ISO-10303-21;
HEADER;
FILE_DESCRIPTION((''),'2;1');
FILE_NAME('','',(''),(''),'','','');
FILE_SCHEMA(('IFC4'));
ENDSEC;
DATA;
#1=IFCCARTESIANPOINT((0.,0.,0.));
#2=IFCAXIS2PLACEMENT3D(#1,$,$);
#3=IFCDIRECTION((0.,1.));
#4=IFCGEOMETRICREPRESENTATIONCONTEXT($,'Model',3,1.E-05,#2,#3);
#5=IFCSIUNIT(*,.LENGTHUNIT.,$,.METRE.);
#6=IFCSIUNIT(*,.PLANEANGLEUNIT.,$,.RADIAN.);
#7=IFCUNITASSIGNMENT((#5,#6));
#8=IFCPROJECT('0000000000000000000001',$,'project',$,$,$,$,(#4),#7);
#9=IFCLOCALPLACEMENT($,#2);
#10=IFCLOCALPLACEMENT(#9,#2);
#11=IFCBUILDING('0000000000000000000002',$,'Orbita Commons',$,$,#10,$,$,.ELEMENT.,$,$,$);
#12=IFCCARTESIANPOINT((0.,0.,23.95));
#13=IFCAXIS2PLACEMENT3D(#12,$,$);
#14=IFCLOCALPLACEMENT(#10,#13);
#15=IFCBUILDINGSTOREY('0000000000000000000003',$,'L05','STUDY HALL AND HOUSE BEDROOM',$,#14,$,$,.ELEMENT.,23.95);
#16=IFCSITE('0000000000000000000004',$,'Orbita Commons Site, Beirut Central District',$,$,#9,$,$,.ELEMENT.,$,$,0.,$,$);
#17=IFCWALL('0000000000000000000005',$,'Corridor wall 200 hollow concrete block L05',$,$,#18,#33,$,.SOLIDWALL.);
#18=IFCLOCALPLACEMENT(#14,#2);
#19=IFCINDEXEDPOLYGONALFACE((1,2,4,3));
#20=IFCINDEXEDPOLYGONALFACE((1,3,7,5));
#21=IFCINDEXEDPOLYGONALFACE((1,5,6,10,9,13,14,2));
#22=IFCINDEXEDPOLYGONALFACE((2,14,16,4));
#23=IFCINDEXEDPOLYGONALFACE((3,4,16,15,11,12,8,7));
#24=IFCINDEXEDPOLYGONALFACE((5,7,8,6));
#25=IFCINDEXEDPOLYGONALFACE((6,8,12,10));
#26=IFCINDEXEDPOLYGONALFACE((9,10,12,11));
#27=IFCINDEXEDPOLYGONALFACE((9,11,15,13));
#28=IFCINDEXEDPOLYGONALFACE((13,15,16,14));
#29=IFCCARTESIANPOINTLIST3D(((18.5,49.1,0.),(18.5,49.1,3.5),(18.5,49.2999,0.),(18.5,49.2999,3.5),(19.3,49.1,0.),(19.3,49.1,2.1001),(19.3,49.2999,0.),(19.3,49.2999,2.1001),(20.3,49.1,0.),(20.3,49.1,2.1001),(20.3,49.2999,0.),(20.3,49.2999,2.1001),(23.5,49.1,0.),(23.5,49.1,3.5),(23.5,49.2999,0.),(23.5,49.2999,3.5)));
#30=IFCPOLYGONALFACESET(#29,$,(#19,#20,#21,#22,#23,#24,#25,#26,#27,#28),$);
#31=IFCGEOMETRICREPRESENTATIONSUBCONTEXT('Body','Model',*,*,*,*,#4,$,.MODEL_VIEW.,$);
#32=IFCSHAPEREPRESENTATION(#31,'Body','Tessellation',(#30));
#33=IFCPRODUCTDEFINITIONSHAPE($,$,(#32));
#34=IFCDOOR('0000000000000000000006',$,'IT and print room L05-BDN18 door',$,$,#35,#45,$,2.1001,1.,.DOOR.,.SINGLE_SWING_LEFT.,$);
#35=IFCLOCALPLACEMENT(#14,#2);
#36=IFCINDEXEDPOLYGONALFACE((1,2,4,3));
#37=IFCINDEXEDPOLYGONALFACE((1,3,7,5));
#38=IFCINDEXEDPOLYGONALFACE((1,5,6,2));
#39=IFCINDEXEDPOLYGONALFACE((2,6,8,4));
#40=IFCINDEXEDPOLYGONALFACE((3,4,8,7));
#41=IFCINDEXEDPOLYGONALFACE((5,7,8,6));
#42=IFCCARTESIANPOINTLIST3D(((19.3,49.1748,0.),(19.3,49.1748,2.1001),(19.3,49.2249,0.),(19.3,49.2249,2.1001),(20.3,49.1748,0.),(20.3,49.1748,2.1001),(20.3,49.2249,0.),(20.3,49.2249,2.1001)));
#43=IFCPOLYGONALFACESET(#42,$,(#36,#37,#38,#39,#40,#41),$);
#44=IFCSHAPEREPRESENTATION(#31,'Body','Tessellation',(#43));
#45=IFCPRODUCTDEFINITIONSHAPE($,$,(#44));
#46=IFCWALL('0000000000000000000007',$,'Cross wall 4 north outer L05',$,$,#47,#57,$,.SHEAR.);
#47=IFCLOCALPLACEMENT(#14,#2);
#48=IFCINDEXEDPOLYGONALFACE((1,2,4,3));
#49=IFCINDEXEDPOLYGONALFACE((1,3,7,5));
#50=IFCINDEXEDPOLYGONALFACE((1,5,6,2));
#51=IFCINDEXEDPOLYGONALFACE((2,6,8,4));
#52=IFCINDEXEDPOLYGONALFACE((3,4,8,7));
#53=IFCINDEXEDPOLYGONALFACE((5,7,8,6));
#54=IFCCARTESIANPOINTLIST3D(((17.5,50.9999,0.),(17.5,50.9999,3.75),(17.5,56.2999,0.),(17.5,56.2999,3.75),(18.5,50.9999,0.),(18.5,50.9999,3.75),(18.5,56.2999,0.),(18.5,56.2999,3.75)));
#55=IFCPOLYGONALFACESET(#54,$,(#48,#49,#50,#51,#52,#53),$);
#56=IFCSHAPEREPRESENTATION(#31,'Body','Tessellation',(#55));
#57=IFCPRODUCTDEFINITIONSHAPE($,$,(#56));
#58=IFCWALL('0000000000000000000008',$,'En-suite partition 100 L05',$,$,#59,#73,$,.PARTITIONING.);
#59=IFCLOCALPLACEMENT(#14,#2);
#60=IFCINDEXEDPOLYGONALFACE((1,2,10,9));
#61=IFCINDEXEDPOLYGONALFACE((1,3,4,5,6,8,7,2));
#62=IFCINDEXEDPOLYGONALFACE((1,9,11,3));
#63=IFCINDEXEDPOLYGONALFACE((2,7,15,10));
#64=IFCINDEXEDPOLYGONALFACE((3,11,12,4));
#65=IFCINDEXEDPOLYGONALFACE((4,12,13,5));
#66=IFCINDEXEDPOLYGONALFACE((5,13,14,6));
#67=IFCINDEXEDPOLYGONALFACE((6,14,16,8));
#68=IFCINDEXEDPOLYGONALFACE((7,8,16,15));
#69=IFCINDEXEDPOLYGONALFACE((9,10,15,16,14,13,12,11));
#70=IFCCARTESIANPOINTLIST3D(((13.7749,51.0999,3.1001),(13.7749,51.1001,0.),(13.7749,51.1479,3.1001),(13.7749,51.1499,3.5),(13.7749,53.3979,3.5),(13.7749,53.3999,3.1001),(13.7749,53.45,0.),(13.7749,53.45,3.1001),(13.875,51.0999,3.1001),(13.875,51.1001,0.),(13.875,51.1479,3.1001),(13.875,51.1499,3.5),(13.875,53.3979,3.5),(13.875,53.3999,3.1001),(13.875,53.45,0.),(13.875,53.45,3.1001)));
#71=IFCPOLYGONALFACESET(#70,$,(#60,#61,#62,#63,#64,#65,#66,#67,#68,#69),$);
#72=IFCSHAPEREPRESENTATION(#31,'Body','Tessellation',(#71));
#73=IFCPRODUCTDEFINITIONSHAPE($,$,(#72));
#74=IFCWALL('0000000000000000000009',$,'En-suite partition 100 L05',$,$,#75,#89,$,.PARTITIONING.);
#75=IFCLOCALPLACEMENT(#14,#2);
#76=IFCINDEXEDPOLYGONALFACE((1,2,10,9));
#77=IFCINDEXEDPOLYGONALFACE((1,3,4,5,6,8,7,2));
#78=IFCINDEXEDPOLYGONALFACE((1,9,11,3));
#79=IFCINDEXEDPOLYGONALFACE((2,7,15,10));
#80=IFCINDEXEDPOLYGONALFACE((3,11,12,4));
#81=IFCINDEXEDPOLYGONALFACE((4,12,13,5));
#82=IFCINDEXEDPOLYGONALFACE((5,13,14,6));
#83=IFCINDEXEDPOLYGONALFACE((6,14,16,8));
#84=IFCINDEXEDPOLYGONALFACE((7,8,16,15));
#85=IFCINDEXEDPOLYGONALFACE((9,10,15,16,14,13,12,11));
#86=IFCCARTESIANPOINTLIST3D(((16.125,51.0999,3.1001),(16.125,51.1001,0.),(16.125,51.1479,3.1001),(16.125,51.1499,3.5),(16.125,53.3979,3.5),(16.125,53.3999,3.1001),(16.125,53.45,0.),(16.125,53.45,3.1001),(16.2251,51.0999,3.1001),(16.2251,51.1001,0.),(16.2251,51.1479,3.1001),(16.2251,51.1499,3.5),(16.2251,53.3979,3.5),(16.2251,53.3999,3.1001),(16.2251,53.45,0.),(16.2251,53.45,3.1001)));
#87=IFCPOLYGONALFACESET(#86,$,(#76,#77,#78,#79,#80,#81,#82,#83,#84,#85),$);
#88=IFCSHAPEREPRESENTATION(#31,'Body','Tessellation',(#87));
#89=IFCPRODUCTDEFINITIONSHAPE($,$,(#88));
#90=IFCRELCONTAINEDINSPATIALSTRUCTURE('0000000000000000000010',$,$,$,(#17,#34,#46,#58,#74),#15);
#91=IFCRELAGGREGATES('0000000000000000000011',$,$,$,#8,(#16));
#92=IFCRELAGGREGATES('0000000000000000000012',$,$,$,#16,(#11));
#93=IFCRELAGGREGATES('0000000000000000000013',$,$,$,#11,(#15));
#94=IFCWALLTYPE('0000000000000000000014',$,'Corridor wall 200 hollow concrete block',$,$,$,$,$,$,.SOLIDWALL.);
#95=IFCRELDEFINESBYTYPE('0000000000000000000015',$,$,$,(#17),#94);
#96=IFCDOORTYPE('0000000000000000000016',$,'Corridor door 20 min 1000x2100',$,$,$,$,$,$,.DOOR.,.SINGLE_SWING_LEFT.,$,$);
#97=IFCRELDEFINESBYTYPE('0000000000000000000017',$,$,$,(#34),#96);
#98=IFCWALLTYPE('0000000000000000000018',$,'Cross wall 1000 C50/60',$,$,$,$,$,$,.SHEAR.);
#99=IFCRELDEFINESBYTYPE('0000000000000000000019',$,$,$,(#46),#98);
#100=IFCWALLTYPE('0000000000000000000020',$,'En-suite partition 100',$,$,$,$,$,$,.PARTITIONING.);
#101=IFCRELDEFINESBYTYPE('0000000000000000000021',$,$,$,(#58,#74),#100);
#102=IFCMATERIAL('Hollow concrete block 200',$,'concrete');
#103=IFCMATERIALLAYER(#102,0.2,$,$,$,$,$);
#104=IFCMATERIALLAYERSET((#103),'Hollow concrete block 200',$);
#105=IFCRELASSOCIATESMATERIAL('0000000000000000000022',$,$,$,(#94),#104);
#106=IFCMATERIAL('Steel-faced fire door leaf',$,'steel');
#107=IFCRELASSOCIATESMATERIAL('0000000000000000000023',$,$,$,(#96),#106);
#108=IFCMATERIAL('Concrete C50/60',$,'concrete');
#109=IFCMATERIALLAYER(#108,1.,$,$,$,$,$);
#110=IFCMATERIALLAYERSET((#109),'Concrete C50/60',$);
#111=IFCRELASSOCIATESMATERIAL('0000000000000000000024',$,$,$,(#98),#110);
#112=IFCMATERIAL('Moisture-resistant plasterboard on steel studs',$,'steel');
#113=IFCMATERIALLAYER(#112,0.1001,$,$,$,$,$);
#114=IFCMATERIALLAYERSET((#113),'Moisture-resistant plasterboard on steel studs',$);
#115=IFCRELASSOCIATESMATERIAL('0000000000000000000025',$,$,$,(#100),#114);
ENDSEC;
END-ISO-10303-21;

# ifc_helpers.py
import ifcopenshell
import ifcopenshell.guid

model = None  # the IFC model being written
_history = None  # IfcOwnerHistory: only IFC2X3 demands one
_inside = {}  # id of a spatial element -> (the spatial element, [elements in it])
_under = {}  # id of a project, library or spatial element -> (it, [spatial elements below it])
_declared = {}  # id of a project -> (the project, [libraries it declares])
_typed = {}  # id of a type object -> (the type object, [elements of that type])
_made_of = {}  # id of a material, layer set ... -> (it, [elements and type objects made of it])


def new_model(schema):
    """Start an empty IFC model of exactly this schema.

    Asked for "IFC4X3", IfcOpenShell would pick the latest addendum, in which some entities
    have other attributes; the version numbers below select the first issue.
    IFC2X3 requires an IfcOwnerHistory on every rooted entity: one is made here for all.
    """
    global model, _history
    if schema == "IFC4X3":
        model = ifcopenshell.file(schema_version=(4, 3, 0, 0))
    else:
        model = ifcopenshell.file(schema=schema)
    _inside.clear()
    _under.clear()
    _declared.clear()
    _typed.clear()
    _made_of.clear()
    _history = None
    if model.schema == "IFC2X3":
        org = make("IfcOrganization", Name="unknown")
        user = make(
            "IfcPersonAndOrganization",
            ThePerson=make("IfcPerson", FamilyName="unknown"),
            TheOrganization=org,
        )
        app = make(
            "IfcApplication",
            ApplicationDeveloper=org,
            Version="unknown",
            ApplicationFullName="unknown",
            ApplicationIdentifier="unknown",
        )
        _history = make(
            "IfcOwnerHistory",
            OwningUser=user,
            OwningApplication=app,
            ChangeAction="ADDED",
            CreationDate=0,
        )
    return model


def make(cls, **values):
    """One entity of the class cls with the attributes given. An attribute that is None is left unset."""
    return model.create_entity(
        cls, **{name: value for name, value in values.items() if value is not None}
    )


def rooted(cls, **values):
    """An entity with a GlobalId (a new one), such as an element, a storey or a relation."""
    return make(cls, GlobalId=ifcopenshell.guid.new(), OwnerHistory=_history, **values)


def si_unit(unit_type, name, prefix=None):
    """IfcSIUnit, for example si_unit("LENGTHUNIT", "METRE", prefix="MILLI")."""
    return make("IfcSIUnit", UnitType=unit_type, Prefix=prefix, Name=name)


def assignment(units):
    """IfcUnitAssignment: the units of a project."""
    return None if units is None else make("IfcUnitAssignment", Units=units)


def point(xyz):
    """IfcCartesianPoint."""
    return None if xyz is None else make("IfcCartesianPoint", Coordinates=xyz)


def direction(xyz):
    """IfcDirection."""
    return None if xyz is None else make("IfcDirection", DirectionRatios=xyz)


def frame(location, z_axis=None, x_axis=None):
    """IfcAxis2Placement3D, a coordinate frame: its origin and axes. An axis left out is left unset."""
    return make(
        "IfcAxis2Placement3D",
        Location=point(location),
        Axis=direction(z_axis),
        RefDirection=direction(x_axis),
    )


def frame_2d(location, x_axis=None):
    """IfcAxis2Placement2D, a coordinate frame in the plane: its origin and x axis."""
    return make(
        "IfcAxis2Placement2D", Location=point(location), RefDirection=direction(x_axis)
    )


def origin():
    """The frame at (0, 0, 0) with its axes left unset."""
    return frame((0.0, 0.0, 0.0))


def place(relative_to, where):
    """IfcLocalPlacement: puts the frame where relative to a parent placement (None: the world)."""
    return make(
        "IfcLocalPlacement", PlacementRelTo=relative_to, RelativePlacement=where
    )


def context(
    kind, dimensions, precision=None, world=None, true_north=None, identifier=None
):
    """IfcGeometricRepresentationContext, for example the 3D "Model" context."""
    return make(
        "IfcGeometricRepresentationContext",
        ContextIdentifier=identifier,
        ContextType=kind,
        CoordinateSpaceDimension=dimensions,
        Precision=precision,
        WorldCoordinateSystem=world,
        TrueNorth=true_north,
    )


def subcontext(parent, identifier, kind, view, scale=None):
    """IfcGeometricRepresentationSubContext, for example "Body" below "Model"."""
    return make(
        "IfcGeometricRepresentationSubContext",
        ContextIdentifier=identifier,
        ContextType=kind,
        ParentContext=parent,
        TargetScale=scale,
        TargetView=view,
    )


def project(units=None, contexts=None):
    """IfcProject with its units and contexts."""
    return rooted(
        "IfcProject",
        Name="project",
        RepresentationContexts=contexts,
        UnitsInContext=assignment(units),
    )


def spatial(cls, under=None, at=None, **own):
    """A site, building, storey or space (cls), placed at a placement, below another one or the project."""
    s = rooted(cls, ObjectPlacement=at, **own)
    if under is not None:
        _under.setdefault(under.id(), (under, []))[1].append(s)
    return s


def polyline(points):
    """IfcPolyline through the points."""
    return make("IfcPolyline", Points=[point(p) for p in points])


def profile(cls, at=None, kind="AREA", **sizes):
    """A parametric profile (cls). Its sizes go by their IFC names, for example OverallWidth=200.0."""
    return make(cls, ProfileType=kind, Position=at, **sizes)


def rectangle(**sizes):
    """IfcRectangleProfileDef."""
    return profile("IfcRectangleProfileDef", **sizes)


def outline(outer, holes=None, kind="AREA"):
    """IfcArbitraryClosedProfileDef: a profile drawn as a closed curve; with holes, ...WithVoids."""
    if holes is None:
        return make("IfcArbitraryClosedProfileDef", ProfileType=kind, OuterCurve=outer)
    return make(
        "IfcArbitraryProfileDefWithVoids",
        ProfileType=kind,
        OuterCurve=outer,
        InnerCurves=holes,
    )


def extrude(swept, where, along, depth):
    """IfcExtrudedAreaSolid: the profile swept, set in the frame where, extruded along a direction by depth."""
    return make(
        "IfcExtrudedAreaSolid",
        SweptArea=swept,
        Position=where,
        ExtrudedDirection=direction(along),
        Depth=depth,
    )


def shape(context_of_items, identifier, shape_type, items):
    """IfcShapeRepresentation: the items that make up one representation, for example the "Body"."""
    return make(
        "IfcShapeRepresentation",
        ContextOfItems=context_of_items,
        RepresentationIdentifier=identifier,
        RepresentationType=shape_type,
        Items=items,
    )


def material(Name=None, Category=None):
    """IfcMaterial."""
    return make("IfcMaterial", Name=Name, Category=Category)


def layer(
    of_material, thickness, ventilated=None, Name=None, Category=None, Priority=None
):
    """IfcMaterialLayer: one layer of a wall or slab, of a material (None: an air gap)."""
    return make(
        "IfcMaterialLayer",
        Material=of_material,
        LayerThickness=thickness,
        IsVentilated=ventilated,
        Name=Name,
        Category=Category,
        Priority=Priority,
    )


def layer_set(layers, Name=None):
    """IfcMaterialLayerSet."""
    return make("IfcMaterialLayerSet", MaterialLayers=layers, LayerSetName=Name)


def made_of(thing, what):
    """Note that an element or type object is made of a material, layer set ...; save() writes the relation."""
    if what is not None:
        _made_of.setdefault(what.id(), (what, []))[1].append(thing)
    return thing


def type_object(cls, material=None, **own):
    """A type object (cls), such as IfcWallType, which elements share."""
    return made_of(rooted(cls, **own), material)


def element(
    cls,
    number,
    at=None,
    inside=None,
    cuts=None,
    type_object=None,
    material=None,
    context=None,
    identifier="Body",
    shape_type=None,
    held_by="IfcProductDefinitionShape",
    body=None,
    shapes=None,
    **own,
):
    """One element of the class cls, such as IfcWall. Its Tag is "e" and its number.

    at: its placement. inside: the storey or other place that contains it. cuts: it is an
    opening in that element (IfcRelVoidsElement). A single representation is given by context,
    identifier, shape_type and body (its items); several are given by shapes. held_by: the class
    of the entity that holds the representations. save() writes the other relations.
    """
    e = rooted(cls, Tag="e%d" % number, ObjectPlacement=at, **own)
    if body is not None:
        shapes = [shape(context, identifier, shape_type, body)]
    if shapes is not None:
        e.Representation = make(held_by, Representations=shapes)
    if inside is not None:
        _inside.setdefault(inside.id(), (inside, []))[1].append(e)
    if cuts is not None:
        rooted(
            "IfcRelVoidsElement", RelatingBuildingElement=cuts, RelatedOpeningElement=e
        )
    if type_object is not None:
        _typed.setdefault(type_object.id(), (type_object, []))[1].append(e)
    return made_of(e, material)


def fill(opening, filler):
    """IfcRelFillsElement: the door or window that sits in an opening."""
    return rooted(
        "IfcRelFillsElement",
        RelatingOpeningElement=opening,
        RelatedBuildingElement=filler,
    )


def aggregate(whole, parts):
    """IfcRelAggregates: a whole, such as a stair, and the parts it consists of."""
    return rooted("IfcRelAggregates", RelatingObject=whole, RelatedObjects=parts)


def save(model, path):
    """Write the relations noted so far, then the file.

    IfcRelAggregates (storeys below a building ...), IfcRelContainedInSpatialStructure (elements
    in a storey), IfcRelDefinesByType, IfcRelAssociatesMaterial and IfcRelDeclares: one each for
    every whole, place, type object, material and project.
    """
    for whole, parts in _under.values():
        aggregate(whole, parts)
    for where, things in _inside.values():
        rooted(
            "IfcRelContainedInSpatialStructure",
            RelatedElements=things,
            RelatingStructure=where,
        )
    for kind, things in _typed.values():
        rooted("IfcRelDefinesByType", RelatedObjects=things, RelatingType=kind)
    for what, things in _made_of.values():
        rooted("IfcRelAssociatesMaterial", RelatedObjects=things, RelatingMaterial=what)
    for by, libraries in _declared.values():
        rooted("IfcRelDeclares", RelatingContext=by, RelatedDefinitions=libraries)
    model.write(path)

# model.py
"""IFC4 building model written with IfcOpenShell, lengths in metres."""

from ifc_helpers import new_model, si_unit, direction, frame, frame_2d, origin, place, context, subcontext, project, spatial, polyline, rectangle, outline, extrude, material, layer, layer_set, type_object, element, fill, save


model = new_model("IFC4")

# Units and contexts
model_context = context("Model", 3, precision=1e-05, world=origin(), true_north=direction((0.0, 1.0)))
body_context = subcontext(model_context, "Body", "Model", "MODEL_VIEW")
ifc_project = project(units=[si_unit("LENGTHUNIT", "METRE"), si_unit("PLANEANGLEUNIT", "RADIAN")], contexts=[model_context])

# Site, building, storey
site_placement = place(None, origin())
site = spatial("IfcSite", under=ifc_project, at=site_placement, Name="Orbita Commons Site, Beirut Central District", CompositionType="ELEMENT", RefElevation=0.0)
building_placement = place(site_placement, origin())
building = spatial("IfcBuilding", under=site, at=building_placement, Name="Orbita Commons", CompositionType="ELEMENT")
storey_placement = place(building_placement, frame((0.0, 0.0, 23.95)))
storey = spatial("IfcBuildingStorey", under=building, at=storey_placement, Name="L05", Description="STUDY HALL AND HOUSE BEDROOM", CompositionType="ELEMENT", Elevation=23.95)

# Wall, opening, door
ifc_material_1 = material(Name="Hollow concrete block 200", Category="concrete")
ifc_layer_1 = layer(ifc_material_1, 0.2)
ifc_layer_set_1 = layer_set([ifc_layer_1], Name="Hollow concrete block 200")
wall_type_1 = type_object("IfcWallType", Name="Corridor wall 200 hollow concrete block", PredefinedType="SOLIDWALL", material=ifc_layer_set_1)
wall_1_placement = place(storey_placement, frame((18.5, 49.2, 0.0), z_axis=(0.0, 0.0, 1.0), x_axis=(1.0, 0.0, 0.0)))
wall_1 = element("IfcWall", 1, at=wall_1_placement, inside=storey, type_object=wall_type_1, Name="Corridor wall 200 hollow concrete block L05", PredefinedType="SOLIDWALL", context=body_context, shape_type="SweptSolid", body=[
    extrude(rectangle(XDim=5.0, YDim=0.2, at=frame_2d((2.5, 0.0))), origin(), (0.0, 0.0, 1.0), 3.5),
])
opening_1_placement = place(wall_1_placement, frame((0.8, 0.0, 0.0)))
opening_1 = element("IfcOpeningElement", 2, at=opening_1_placement, cuts=wall_1, PredefinedType="OPENING", context=body_context, shape_type="SweptSolid", body=[
    extrude(rectangle(XDim=1.0, YDim=2.1001, at=frame_2d((0.5, 1.05))), frame((0.0, 0.1099, 0.0), z_axis=(0.0, -1.0, 0.0), x_axis=(1.0, 0.0, 0.0)), (0.0, 0.0, 1.0), 0.22),
])
ifc_material_2 = material(Name="Steel-faced fire door leaf", Category="steel")
door_type_1 = type_object("IfcDoorType", Name="Corridor door 20 min 1000x2100", OperationType="SINGLE_SWING_LEFT", PredefinedType="DOOR", material=ifc_material_2)
door_1_placement = place(opening_1_placement, origin())
door_1 = element("IfcDoor", 3, at=door_1_placement, inside=storey, type_object=door_type_1, Name="IT and print room L05-BDN18 door", OperationType="SINGLE_SWING_LEFT", OverallHeight=2.1001, OverallWidth=1.0, PredefinedType="DOOR", context=body_context, shape_type="SweptSolid", body=[
    extrude(rectangle(XDim=1.0, YDim=2.1001, at=frame_2d((0.5, 1.05))), frame((0.0, 0.0249, 0.0), z_axis=(0.0, -1.0, 0.0), x_axis=(1.0, 0.0, 0.0)), (0.0, 0.0, 1.0), 0.05),
])
fill(opening_1, door_1)

# Walls
ifc_material_3 = material(Name="Concrete C50/60", Category="concrete")
ifc_layer_2 = layer(ifc_material_3, 1.0)
ifc_layer_set_2 = layer_set([ifc_layer_2], Name="Concrete C50/60")
wall_type_2 = type_object("IfcWallType", Name="Cross wall 1000 C50/60", PredefinedType="SHEAR", material=ifc_layer_set_2)
wall_2_placement = place(storey_placement, frame((18.0, 51.0, 0.0), z_axis=(0.0, 0.0, 1.0), x_axis=(0.0, 1.0, 0.0)))
element("IfcWall", 4, at=wall_2_placement, inside=storey, type_object=wall_type_2, Name="Cross wall 4 north outer L05", PredefinedType="SHEAR", context=body_context, shape_type="SweptSolid", body=[
    extrude(rectangle(XDim=5.3, YDim=1.0, at=frame_2d((2.6499, 0.0))), origin(), (0.0, 0.0, 1.0), 3.75),
])
ifc_material_4 = material(Name="Moisture-resistant plasterboard on steel studs", Category="steel")
ifc_layer_3 = layer(ifc_material_4, 0.1001)
ifc_layer_set_3 = layer_set([ifc_layer_3], Name="Moisture-resistant plasterboard on steel studs")
wall_type_3 = type_object("IfcWallType", Name="En-suite partition 100", PredefinedType="PARTITIONING", material=ifc_layer_set_3)
for number, where, z_axis, x_axis, name in (
    (5, (13.825, 53.45, 0.0), (0.0, 0.0, 1.0), (0.0, -1.0, 0.0), "En-suite partition 100 L05"),
    (6, (16.175, 53.45, 0.0), (0.0, 0.0, 1.0), (0.0, -1.0, 0.0), "En-suite partition 100 L05"),
):
    element("IfcWall", number, at=place(storey_placement, frame(where, z_axis=z_axis, x_axis=x_axis)), inside=storey, type_object=wall_type_3, Name=name, PredefinedType="PARTITIONING", context=body_context, shape_type="SweptSolid", body=[
        extrude(outline(polyline([(0.0, 0.0), (2.3499, 0.0), (2.3501, 3.1001), (2.302, 3.1001), (2.3, 3.5), (0.052, 3.5), (0.05, 3.1001), (0.0, 3.1001), (0.0, 0.0)])), frame((0.0, 0.05, 0.0), z_axis=(0.0, -1.0, 0.0), x_axis=(1.0, 0.0, 0.0)), (0.0, 0.0, 1.0), 0.1001),
    ])

save(model, "model.ifc")
